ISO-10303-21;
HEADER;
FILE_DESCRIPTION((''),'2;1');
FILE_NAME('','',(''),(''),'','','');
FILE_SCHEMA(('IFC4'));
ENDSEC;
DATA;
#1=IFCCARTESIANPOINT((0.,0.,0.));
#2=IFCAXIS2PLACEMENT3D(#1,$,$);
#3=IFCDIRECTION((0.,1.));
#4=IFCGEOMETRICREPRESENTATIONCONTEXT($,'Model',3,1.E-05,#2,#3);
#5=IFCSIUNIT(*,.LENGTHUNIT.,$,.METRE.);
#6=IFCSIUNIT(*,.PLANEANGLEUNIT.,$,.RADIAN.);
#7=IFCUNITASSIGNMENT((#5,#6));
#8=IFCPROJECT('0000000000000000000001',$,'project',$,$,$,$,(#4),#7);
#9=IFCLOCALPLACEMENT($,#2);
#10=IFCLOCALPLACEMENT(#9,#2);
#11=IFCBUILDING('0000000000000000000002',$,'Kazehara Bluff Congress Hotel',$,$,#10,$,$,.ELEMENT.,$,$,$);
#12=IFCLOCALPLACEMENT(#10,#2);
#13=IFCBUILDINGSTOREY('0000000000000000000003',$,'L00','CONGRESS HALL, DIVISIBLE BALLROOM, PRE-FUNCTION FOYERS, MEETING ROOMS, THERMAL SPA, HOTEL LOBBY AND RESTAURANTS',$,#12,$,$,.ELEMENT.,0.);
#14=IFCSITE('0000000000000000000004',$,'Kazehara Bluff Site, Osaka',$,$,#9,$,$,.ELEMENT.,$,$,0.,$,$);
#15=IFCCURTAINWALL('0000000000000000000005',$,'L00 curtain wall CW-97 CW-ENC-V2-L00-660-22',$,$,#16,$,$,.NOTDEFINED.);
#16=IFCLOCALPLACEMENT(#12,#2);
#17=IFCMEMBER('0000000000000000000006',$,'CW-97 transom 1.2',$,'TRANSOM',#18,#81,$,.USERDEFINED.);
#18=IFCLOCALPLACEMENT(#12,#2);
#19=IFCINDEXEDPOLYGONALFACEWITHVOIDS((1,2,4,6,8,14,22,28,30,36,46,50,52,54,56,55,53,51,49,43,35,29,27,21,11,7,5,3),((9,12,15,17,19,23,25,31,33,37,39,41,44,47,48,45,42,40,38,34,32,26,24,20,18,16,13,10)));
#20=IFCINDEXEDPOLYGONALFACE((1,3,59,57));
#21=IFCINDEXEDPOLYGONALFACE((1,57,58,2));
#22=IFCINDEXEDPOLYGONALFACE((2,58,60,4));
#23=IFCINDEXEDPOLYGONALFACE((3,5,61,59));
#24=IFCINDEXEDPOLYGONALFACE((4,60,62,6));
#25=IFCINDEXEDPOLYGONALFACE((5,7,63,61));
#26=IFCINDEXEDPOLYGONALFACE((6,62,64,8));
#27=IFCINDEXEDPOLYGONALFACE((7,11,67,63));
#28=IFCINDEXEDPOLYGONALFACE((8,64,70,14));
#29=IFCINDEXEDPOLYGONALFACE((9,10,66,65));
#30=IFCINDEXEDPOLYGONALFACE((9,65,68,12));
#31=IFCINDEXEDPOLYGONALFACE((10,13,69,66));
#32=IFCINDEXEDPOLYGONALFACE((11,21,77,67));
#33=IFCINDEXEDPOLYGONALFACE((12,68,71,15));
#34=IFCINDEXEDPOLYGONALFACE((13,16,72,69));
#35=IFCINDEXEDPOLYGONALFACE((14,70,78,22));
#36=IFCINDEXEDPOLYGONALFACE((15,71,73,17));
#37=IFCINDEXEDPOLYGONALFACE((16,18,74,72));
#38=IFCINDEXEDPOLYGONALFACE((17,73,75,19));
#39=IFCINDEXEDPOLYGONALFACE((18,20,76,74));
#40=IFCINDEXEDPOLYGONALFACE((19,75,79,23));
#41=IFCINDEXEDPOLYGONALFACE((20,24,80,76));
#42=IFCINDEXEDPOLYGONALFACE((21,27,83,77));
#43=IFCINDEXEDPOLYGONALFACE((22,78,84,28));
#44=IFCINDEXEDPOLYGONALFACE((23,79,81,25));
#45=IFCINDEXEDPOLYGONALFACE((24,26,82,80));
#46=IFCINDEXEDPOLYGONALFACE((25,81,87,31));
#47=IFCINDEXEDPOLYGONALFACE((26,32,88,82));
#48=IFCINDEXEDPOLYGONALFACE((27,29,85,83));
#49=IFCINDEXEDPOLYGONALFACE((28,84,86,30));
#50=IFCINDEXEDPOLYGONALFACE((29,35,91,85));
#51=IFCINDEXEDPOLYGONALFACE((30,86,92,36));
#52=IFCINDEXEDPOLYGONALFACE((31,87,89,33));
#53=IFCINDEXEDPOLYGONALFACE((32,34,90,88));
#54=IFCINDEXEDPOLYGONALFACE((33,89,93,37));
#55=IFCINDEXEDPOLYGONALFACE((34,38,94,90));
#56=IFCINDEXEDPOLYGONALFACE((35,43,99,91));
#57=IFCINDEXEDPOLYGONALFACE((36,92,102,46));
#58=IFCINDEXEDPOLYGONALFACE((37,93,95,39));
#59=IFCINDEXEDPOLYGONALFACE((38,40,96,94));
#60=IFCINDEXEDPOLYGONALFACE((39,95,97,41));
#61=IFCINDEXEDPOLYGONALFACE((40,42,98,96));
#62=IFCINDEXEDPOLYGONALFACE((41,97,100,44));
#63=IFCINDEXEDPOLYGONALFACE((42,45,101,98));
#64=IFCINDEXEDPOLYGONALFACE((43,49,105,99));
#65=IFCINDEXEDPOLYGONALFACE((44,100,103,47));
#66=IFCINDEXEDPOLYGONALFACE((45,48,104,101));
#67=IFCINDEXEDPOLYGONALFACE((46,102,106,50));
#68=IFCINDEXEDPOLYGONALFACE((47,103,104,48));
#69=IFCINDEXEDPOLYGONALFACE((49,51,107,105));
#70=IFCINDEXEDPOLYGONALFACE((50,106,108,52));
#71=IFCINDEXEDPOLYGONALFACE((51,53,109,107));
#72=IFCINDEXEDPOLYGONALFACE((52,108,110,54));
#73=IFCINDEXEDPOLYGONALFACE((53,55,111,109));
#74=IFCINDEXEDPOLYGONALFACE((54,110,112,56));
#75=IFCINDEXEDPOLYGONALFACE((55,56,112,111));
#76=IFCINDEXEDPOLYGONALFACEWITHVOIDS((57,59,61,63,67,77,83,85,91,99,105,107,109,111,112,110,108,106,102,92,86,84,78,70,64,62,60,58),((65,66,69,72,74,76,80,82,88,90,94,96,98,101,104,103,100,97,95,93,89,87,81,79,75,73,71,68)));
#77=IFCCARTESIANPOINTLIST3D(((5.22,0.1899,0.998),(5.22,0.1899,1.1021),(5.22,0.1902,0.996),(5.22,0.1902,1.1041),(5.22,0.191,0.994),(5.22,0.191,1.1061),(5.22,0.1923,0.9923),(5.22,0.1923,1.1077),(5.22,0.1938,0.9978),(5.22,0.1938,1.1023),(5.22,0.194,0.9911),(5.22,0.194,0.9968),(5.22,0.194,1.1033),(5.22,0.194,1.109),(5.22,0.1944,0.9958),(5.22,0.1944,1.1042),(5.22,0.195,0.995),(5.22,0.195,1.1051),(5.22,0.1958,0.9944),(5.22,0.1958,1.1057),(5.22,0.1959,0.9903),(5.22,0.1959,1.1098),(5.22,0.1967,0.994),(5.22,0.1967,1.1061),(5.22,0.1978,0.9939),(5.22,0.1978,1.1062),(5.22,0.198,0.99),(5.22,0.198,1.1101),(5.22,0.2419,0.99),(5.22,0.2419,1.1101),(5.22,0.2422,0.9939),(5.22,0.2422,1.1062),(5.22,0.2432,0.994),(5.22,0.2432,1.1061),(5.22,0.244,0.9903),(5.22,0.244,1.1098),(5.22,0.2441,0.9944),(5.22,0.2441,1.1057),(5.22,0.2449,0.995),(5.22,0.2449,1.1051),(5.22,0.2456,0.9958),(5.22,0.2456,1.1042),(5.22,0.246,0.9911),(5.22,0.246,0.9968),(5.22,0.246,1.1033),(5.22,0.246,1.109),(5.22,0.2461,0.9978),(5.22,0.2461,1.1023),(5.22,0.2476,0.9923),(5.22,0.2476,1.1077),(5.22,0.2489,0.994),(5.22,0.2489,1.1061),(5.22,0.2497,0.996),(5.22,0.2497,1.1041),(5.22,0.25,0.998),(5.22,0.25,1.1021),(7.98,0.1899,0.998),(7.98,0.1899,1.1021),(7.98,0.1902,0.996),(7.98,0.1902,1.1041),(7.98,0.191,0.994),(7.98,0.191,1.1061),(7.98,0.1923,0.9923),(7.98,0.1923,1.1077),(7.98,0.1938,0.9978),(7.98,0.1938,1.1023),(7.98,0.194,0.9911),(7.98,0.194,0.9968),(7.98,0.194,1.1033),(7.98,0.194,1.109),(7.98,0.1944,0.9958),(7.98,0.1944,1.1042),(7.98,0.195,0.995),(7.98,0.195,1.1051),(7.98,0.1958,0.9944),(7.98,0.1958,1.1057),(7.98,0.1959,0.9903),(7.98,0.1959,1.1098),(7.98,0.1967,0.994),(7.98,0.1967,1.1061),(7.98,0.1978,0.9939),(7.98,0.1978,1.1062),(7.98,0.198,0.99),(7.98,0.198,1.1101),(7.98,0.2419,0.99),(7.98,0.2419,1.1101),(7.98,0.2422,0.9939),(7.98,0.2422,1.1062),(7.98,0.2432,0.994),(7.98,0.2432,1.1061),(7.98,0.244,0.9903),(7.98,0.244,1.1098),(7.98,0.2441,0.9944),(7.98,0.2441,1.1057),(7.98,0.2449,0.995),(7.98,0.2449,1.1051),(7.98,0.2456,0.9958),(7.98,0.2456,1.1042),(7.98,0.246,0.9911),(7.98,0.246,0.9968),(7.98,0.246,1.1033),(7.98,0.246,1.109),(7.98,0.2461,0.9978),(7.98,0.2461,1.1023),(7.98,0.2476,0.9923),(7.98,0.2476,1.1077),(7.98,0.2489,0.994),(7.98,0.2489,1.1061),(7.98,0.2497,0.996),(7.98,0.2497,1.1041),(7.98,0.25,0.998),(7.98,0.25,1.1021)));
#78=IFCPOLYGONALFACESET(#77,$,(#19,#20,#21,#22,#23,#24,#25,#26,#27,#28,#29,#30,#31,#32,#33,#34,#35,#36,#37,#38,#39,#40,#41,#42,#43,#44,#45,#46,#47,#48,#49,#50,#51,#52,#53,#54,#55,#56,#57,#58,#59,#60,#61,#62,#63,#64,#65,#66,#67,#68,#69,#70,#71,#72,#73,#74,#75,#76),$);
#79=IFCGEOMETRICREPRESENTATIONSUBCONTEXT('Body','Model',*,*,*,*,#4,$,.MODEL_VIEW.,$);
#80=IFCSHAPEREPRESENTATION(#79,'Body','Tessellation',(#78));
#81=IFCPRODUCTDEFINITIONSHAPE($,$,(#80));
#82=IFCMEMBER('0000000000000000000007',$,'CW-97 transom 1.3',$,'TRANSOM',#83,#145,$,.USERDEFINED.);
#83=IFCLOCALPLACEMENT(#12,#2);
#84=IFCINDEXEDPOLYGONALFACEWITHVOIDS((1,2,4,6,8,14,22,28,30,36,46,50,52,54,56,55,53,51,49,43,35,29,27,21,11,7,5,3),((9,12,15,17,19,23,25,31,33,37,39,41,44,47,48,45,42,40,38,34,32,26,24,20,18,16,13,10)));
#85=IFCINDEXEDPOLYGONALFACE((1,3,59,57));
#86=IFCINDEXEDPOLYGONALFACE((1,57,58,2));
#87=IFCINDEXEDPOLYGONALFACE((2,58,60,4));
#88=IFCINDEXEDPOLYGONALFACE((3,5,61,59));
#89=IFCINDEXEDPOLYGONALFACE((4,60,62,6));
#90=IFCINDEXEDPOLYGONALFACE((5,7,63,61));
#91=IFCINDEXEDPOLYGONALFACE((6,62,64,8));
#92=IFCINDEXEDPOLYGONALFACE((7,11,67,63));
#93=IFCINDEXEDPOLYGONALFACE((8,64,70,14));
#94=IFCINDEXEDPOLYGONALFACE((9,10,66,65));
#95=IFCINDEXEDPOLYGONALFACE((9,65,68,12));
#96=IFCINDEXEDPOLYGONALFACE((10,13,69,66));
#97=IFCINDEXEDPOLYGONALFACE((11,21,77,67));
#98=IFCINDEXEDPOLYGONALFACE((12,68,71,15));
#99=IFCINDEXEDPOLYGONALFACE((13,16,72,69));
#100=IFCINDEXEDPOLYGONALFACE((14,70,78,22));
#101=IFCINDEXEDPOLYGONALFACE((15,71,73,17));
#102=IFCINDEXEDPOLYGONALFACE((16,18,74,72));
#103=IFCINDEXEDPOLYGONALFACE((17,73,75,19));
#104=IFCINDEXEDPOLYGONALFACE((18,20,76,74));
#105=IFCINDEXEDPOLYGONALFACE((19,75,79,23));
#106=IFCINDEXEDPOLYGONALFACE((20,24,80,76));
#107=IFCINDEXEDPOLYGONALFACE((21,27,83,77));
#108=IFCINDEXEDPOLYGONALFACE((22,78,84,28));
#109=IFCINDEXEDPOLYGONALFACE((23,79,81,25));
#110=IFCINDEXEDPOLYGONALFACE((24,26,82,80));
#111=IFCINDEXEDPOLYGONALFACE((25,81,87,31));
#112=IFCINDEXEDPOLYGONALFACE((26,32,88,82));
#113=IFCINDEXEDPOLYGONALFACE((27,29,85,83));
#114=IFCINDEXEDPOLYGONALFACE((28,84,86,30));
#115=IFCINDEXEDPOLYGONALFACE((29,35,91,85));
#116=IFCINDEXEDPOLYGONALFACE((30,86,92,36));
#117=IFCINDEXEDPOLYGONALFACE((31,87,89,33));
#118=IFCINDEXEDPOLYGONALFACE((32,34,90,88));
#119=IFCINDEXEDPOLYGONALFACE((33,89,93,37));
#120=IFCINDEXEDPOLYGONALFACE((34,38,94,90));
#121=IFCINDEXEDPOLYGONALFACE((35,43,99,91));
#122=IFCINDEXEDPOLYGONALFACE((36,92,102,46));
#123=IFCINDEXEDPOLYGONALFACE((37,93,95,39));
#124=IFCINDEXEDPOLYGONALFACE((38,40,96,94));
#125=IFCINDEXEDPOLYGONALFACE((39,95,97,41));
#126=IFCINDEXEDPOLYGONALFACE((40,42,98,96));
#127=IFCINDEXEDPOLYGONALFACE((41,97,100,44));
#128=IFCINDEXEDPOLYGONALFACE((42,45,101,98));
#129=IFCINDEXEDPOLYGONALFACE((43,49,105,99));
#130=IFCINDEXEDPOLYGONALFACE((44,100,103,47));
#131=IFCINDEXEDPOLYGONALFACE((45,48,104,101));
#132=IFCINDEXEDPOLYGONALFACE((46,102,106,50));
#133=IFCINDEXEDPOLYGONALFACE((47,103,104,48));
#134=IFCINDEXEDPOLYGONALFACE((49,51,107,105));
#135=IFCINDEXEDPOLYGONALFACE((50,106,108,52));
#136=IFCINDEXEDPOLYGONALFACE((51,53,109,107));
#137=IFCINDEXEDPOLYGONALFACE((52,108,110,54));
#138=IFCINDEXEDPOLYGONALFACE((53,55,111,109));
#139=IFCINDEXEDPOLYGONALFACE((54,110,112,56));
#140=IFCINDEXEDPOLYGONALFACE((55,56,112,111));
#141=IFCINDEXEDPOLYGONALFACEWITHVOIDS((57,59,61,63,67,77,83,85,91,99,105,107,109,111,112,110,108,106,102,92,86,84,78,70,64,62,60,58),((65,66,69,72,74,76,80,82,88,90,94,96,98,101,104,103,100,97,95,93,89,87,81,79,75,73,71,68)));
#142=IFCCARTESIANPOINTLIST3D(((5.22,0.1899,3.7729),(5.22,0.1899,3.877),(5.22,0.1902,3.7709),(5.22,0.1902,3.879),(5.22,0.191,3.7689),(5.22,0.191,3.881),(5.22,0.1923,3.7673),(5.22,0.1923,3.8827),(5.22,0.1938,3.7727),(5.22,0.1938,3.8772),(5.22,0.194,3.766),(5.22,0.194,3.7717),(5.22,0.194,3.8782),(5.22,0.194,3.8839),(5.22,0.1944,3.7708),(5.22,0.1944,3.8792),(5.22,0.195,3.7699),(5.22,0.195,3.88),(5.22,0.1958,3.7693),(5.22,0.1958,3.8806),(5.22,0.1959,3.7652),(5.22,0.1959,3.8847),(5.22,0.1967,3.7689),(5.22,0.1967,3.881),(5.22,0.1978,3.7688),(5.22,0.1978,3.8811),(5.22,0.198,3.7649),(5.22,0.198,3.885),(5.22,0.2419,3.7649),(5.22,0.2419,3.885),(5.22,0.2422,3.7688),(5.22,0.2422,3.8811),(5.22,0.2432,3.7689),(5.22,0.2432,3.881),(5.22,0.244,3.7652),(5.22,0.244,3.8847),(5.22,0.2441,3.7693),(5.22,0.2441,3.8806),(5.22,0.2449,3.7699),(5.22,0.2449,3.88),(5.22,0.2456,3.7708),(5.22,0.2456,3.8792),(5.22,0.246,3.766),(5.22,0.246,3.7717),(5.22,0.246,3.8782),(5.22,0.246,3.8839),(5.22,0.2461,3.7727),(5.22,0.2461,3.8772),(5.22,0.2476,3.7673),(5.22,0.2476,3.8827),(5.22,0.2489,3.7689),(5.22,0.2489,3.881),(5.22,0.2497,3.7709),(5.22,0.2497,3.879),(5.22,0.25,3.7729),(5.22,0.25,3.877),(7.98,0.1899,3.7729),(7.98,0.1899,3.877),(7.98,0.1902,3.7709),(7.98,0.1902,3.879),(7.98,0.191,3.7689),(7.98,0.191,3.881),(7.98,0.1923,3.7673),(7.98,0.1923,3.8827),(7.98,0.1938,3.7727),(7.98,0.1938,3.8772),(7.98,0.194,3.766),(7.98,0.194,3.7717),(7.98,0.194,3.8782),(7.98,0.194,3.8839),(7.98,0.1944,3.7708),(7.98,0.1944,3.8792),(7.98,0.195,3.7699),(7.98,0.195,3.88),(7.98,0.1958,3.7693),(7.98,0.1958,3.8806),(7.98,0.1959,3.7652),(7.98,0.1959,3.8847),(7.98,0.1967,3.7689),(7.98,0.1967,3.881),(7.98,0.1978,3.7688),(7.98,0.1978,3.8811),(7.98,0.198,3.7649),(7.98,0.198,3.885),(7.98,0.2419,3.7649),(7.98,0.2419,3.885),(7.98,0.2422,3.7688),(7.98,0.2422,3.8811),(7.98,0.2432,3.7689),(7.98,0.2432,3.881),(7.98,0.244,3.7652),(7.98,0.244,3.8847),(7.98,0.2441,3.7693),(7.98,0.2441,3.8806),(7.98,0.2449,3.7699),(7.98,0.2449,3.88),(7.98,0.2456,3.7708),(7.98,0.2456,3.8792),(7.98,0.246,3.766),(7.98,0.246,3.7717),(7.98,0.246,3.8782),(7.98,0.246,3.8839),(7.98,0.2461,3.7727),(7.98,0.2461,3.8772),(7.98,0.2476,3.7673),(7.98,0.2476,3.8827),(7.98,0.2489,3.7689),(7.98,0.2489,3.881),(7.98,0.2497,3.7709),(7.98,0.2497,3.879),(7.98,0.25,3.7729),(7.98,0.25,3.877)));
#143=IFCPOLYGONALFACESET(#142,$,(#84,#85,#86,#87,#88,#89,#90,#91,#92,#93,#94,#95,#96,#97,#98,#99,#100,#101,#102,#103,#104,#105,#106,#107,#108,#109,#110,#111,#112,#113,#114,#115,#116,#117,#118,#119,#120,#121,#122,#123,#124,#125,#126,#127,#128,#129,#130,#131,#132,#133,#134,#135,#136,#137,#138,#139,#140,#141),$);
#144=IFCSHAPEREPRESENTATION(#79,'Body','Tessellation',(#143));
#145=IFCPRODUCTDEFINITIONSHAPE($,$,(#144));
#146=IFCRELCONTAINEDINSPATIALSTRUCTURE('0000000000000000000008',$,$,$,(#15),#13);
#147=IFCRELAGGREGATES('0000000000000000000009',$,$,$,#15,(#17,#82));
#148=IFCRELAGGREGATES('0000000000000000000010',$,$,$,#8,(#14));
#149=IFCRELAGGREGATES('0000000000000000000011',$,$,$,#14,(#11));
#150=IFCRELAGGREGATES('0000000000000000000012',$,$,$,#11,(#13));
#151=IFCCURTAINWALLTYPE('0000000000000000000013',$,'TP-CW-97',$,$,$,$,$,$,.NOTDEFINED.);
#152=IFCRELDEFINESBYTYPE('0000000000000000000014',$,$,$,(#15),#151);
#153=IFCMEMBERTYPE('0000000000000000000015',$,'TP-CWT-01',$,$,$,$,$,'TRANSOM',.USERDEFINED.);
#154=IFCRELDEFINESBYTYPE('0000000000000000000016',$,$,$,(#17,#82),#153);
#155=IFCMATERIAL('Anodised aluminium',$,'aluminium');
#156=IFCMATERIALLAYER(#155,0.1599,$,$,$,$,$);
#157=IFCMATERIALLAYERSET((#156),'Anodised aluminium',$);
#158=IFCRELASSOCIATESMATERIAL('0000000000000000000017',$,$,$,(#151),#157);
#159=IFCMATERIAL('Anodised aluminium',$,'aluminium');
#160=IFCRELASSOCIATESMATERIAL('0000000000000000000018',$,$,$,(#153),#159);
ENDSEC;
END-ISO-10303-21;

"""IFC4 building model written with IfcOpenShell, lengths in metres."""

from ifc_helpers import new_model, si_unit, direction, frame, origin, origin_2d, place, context, subcontext, project, spatial, hollow_rectangle, extrude, material, layer, layer_set, material_profile, profile_set, type_object, element, aggregate, save


model = new_model("IFC4")

# Units and contexts
model_context = context("Model", 3, precision=1e-05, world=origin(), true_north=direction((0.0, 1.0)))
body_context = subcontext(model_context, "Body", "Model", "MODEL_VIEW")
ifc_project = project(units=[si_unit("LENGTHUNIT", "METRE"), si_unit("PLANEANGLEUNIT", "RADIAN")], contexts=[model_context])

# Site, building, storey
site_placement = place(None, origin())
site = spatial("IfcSite", under=ifc_project, at=site_placement, Name="Kazehara Bluff Site, Osaka", CompositionType="ELEMENT", RefElevation=0.0)
building_placement = place(site_placement, origin())
building = spatial("IfcBuilding", under=site, at=building_placement, Name="Kazehara Bluff Congress Hotel", CompositionType="ELEMENT")
storey_placement = place(building_placement, origin())
storey = spatial("IfcBuildingStorey", under=building, at=storey_placement, Name="L00", Description="CONGRESS HALL, DIVISIBLE BALLROOM, PRE-FUNCTION FOYERS, MEETING ROOMS, THERMAL SPA, HOTEL LOBBY AND RESTAURANTS", CompositionType="ELEMENT", Elevation=0.0)

# Curtain wall, members
ifc_material_1 = material(Name="Anodised aluminium", Category="aluminium")
ifc_layer_1 = layer(ifc_material_1, 0.1599)
ifc_layer_set_1 = layer_set([ifc_layer_1], Name="Anodised aluminium")
curtain_wall_type = type_object("IfcCurtainWallType", Name="TP-CW-97", PredefinedType="NOTDEFINED", material=ifc_layer_set_1)
curtain_wall_placement = place(storey_placement, origin())
curtain_wall = element("IfcCurtainWall", 1, at=curtain_wall_placement, inside=storey, type_object=curtain_wall_type, Name="L00 curtain wall CW-97 CW-ENC-V2-L00-660-22", PredefinedType="NOTDEFINED")
ifc_material_2 = material(Name="Anodised aluminium", Category="aluminium")
ifc_material_profile_1 = material_profile(ifc_material_2, hollow_rectangle(XDim=0.0601, YDim=0.1201, WallThickness=0.0039, InnerFilletRadius=0.0039, OuterFilletRadius=0.0081, at=origin_2d()))
ifc_profile_set_1 = profile_set([ifc_material_profile_1], Name="Anodised aluminium")
member_type_1 = type_object("IfcMemberType", Name="TP-CWT-01", ElementType="TRANSOM", PredefinedType="USERDEFINED", material=ifc_profile_set_1)
member_1_placement = place(storey_placement, frame((7.98, 0.22, 1.05), z_axis=(-1.0, 0.0, 0.0), x_axis=(0.0, -1.0, 0.0)))
member_1 = element("IfcMember", 2, at=member_1_placement, type_object=member_type_1, Name="CW-97 transom 1.2", ObjectType="TRANSOM", PredefinedType="USERDEFINED", context=body_context, shape_type="SweptSolid", body=[
    extrude(hollow_rectangle(XDim=0.0601, YDim=0.1201, WallThickness=0.0039, InnerFilletRadius=0.0039, OuterFilletRadius=0.0081, at=origin_2d()), origin(), (0.0, 0.0, 1.0), 2.76),
])
member_2_placement = place(storey_placement, frame((7.98, 0.22, 3.825), z_axis=(-1.0, 0.0, 0.0), x_axis=(0.0, -1.0, 0.0)))
member_2 = element("IfcMember", 3, at=member_2_placement, type_object=member_type_1, Name="CW-97 transom 1.3", ObjectType="TRANSOM", PredefinedType="USERDEFINED", context=body_context, shape_type="SweptSolid", body=[
    extrude(hollow_rectangle(XDim=0.0601, YDim=0.1201, WallThickness=0.0039, InnerFilletRadius=0.0039, OuterFilletRadius=0.0081, at=origin_2d()), origin(), (0.0, 0.0, 1.0), 2.76),
])

aggregate(curtain_wall, [member_1, member_2])

save(model, "model.ifc")
